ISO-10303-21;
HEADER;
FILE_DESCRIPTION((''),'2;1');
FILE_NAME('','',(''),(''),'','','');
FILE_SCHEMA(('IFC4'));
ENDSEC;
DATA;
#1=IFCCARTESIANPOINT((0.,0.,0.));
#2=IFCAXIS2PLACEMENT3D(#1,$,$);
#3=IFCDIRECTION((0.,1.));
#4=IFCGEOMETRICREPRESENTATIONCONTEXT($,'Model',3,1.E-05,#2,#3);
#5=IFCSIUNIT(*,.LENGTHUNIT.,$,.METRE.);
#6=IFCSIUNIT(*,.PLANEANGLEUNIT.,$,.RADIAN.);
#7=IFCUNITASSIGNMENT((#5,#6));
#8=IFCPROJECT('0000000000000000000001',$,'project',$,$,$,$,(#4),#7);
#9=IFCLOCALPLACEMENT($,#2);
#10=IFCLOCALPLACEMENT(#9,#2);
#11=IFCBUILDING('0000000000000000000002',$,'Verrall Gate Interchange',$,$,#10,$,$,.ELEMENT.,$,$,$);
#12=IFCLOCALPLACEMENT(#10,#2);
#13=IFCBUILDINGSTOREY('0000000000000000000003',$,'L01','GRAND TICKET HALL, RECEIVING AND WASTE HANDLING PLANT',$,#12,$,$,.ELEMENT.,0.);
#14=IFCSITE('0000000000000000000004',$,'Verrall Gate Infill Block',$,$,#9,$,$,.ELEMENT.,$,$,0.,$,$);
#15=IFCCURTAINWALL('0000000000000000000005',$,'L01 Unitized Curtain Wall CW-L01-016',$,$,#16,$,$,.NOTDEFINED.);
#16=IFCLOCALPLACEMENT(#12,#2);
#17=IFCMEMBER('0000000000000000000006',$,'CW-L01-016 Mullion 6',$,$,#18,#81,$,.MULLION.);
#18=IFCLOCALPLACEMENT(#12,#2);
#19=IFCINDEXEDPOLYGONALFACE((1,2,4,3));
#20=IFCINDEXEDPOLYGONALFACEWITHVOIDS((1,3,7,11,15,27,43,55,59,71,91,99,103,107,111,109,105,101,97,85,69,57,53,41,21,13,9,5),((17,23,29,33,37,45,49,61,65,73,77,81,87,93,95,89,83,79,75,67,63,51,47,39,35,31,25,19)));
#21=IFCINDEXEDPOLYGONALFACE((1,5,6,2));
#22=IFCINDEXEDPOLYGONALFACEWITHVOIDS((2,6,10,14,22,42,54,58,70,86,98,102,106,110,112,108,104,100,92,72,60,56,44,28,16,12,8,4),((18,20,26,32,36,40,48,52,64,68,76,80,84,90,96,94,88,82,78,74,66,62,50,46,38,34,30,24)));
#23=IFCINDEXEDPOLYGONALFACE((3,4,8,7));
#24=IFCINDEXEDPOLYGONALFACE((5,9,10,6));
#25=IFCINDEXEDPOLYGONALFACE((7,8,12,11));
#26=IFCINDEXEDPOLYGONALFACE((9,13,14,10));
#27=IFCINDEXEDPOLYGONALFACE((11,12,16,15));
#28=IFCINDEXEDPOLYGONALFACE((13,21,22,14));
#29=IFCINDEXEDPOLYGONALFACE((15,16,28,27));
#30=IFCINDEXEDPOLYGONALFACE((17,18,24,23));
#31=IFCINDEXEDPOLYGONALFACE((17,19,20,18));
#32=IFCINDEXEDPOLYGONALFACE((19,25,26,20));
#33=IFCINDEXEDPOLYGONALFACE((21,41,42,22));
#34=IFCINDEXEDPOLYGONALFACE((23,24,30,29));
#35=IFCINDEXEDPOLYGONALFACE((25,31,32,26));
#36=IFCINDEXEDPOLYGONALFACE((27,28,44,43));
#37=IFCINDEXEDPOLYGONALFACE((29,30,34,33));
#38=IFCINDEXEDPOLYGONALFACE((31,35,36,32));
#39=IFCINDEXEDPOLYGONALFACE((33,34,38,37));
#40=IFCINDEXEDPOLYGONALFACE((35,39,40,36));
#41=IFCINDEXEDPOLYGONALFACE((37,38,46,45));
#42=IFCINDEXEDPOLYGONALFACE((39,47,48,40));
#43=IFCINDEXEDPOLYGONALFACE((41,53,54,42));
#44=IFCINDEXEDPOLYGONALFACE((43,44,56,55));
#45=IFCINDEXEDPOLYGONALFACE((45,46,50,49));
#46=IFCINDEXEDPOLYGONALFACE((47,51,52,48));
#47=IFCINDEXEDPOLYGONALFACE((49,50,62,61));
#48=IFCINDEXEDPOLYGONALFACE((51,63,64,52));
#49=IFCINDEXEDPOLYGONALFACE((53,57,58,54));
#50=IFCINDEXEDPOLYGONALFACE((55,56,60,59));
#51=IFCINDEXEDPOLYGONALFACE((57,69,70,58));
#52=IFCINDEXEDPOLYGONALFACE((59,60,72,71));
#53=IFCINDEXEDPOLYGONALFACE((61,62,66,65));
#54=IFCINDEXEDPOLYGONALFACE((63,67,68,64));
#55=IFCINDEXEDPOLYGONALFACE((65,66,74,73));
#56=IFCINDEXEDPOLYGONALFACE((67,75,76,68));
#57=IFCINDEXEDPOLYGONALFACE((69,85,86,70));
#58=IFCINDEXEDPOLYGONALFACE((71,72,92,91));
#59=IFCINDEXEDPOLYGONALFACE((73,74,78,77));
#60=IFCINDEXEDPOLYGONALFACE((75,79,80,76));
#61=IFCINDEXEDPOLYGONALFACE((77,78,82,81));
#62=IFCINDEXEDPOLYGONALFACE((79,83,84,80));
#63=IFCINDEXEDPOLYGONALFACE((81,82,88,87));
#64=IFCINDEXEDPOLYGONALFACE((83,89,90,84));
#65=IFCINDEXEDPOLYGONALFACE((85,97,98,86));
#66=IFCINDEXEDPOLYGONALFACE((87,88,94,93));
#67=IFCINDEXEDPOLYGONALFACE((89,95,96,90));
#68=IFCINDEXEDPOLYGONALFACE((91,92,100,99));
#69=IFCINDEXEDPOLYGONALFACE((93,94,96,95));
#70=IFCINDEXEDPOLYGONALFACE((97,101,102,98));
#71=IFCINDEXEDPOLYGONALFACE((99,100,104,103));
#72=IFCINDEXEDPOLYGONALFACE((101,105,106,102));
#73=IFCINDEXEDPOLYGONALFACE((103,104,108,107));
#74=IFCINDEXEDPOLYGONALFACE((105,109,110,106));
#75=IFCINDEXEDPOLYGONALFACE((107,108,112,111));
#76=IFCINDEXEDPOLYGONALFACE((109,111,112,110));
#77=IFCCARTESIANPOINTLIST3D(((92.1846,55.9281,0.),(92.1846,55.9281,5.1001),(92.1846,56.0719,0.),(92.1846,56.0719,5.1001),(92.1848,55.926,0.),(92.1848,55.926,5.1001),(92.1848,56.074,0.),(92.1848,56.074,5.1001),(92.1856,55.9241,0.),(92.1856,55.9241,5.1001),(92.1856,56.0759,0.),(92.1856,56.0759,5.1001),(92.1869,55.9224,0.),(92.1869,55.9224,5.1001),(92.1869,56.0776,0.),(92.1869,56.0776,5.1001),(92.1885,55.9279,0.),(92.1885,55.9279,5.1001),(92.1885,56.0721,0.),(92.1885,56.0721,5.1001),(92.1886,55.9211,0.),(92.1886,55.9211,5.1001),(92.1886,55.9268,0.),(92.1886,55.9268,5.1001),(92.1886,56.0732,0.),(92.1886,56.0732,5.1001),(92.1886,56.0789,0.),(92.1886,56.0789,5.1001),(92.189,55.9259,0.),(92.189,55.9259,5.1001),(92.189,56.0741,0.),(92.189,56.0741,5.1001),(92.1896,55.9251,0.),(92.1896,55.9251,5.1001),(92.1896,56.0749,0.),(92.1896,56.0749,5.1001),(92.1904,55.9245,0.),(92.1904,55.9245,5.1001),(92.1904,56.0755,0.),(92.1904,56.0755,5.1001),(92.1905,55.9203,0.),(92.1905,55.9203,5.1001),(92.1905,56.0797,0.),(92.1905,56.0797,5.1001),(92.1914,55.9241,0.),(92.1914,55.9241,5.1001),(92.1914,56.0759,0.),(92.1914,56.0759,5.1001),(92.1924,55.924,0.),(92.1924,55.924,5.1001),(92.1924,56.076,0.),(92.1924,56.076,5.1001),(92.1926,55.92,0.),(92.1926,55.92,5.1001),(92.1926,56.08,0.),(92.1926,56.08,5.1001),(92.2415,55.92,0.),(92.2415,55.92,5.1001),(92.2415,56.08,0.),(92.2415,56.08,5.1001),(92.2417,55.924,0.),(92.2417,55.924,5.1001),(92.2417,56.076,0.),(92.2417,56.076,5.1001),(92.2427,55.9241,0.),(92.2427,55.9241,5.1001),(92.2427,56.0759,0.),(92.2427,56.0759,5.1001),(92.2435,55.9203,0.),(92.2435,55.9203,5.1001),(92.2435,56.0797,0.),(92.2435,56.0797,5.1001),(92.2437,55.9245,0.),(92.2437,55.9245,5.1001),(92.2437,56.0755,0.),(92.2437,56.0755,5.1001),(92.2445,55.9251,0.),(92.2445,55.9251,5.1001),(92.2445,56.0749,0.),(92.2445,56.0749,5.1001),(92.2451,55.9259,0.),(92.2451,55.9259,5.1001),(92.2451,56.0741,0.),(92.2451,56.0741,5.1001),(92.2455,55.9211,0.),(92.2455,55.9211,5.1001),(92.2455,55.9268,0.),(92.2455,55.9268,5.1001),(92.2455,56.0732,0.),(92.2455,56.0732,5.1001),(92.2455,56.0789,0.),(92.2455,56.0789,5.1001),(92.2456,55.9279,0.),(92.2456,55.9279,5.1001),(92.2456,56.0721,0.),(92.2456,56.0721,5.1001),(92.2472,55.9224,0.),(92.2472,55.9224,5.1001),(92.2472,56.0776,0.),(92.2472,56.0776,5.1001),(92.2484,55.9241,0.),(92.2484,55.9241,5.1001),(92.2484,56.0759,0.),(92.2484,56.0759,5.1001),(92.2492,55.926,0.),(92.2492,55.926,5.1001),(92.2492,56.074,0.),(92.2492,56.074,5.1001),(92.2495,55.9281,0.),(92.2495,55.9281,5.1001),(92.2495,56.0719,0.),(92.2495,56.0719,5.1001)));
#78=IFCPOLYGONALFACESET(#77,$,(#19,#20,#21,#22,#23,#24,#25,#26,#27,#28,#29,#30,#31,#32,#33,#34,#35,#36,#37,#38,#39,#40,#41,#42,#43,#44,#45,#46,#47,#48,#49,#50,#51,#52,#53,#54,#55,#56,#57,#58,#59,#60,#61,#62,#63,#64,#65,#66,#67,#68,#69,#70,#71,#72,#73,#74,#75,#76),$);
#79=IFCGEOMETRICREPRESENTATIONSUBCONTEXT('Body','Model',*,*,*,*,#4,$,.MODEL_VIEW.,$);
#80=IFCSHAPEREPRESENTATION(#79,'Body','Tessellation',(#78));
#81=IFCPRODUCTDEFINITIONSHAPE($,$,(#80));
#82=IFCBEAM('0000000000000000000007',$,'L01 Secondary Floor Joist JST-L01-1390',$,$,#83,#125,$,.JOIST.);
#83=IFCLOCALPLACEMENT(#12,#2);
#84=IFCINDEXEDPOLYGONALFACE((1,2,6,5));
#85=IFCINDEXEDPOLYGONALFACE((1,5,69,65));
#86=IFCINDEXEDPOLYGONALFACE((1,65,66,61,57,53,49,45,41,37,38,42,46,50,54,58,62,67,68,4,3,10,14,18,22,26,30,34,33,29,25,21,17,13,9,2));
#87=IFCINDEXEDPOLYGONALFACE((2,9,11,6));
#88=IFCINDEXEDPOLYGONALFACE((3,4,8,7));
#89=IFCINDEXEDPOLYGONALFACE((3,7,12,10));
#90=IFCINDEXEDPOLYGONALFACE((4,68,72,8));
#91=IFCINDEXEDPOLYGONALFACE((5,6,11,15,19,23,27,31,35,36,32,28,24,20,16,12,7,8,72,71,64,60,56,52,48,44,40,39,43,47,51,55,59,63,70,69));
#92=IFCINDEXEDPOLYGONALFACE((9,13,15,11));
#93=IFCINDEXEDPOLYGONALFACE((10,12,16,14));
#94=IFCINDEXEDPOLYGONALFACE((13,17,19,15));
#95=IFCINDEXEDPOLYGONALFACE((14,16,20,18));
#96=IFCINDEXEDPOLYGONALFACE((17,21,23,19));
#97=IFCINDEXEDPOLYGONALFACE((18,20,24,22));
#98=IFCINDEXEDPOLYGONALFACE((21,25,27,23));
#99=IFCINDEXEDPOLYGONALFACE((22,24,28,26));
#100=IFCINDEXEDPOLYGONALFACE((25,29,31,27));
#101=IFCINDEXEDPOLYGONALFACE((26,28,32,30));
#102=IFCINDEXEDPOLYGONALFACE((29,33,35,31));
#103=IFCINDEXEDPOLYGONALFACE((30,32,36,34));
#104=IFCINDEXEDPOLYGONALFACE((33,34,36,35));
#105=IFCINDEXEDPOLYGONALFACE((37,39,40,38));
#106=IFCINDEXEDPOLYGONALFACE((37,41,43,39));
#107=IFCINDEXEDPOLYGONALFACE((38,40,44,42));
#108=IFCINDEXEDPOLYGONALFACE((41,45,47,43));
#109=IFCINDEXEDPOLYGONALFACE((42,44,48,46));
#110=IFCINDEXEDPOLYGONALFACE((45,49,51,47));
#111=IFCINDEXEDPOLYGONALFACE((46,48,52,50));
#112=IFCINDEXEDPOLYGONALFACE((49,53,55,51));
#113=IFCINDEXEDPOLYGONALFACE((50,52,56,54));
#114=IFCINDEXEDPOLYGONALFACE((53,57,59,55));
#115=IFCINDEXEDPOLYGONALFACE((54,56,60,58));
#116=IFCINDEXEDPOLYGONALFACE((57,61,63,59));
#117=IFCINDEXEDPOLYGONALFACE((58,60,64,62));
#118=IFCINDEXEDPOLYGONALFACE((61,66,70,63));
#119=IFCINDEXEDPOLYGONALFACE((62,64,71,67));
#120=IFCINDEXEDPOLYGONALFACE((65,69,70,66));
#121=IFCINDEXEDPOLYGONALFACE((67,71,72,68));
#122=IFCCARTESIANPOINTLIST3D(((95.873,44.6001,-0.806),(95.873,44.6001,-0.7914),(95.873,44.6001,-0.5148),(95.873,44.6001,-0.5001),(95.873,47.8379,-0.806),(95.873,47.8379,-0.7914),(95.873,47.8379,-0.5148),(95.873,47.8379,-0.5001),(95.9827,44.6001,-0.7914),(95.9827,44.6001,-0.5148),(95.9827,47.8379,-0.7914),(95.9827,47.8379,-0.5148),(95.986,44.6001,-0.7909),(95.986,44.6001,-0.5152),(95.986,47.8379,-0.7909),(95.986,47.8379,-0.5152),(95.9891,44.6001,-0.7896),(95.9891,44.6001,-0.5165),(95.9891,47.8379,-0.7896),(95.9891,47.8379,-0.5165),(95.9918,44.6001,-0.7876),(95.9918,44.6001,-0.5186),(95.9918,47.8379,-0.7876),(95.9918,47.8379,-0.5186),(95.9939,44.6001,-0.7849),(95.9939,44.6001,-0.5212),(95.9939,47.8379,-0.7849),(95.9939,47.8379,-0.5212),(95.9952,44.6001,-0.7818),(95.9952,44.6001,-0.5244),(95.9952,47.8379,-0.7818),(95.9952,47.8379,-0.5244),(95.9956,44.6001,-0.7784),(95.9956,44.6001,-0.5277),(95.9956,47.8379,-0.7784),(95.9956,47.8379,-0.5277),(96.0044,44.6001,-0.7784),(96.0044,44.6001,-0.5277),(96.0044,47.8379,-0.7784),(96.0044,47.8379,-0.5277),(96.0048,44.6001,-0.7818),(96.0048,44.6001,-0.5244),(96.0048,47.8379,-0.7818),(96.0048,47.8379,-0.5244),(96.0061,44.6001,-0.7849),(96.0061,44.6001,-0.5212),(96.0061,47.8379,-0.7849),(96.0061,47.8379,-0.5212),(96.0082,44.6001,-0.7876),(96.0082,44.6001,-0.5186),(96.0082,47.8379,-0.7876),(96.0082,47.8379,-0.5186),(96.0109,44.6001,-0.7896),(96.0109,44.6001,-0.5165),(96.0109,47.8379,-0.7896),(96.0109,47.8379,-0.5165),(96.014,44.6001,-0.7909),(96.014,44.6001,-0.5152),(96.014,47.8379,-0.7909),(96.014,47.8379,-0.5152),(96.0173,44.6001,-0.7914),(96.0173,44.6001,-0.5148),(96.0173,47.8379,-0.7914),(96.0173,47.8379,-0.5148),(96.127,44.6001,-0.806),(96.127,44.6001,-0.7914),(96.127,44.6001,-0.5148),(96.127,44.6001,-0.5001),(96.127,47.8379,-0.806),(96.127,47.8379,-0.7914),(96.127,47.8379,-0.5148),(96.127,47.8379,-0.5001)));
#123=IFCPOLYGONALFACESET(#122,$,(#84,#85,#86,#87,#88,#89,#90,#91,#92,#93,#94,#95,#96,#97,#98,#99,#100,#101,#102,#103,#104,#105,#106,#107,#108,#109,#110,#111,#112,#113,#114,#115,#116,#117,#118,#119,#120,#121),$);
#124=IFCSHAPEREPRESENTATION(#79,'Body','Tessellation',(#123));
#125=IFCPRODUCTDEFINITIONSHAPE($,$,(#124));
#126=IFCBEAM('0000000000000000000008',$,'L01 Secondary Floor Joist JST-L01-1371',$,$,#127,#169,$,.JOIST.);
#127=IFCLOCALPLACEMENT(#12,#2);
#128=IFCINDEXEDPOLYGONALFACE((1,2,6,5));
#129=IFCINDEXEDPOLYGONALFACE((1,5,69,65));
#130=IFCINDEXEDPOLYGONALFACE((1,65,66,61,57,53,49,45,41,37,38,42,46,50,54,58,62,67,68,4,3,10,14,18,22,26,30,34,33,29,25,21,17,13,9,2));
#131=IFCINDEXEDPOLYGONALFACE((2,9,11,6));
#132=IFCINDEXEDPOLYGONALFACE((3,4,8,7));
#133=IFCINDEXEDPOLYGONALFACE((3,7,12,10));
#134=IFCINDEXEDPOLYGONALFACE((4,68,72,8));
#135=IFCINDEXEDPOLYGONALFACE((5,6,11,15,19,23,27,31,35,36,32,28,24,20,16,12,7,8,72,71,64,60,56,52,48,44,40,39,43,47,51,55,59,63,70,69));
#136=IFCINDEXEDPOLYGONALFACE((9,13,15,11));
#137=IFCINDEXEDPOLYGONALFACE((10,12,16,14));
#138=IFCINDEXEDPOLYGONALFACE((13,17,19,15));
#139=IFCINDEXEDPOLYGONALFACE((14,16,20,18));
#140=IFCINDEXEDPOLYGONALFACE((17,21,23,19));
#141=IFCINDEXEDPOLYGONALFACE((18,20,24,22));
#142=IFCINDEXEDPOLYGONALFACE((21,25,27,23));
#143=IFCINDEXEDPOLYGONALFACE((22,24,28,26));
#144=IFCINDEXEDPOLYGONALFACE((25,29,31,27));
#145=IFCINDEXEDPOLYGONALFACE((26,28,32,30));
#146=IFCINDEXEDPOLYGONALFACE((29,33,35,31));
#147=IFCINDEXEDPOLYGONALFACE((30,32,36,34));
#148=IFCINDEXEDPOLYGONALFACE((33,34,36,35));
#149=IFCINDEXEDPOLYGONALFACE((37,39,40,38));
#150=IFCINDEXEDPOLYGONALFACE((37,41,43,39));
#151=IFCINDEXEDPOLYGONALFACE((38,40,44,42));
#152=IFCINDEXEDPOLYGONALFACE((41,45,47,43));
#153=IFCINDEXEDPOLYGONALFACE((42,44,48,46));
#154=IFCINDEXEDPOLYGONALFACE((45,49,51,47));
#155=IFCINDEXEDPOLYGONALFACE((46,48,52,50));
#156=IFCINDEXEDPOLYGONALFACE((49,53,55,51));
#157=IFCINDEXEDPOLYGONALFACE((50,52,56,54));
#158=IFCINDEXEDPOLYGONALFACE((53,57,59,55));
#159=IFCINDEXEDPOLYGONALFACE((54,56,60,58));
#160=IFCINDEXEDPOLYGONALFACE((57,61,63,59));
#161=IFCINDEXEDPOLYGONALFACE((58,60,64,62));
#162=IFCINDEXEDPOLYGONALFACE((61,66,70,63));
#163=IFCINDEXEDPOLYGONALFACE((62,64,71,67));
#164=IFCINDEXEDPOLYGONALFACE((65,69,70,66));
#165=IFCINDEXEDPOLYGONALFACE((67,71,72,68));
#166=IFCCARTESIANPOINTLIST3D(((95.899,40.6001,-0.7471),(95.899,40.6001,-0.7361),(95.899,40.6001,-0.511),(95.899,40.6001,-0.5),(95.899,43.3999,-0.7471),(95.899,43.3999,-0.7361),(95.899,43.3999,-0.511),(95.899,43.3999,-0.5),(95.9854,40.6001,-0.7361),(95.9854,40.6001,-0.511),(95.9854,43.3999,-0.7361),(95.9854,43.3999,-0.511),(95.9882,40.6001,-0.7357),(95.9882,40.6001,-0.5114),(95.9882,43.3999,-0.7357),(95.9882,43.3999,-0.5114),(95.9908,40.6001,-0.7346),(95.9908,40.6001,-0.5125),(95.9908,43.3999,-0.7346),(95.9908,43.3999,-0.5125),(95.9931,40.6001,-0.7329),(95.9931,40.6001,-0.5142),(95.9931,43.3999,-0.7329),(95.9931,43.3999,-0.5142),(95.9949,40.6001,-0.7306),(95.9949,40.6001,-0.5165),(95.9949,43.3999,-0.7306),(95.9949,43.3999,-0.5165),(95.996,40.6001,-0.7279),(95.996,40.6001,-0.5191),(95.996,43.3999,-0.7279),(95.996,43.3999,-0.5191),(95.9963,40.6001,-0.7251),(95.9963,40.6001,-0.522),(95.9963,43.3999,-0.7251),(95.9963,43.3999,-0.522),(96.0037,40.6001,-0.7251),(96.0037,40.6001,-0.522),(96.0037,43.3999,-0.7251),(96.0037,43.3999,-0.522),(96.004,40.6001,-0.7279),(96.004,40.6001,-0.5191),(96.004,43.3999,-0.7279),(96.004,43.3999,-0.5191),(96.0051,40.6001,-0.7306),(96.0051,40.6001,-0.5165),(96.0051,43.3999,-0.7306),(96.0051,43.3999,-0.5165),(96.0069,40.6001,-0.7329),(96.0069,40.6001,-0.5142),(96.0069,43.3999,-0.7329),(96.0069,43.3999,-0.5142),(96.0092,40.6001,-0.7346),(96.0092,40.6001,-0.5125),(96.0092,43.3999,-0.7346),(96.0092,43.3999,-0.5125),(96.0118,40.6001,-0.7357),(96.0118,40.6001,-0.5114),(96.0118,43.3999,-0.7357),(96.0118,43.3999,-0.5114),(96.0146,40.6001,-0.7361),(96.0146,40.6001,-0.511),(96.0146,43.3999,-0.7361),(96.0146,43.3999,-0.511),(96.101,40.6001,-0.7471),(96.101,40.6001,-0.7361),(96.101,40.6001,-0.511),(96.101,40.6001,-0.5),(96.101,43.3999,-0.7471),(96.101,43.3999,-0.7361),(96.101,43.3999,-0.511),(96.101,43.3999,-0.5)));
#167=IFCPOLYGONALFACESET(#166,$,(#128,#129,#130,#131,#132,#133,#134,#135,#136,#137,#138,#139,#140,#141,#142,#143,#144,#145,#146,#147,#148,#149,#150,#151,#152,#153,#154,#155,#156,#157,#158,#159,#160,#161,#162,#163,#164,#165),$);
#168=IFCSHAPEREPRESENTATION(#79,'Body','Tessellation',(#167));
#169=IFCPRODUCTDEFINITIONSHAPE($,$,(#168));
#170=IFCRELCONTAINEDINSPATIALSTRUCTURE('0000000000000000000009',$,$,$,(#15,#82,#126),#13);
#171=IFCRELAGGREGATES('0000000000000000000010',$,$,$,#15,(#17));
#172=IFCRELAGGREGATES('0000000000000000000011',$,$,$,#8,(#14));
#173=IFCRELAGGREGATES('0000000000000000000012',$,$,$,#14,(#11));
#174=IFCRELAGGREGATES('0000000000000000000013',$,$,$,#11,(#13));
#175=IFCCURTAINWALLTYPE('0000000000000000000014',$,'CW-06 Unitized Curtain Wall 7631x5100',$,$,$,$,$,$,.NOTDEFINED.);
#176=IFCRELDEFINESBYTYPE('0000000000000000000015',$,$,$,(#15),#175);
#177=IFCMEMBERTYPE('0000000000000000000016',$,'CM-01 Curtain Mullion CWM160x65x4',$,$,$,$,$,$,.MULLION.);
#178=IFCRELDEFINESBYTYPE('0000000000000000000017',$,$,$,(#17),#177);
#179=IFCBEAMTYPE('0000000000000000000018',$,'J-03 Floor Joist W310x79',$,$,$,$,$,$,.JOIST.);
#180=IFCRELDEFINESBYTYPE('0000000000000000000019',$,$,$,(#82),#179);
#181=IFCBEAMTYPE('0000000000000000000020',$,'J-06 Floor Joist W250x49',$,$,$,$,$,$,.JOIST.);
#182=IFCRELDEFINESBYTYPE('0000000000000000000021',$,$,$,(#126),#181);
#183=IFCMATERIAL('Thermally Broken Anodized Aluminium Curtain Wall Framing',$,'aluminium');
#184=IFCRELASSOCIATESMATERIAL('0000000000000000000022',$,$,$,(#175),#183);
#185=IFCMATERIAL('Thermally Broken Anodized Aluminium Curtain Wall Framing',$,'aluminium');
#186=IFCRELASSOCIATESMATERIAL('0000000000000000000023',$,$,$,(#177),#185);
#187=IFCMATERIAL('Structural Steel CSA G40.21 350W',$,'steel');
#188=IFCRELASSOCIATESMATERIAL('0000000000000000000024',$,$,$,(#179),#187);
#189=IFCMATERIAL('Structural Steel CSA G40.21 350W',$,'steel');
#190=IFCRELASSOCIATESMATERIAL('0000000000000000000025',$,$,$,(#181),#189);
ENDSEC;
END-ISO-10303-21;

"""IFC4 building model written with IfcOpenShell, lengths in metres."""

from ifc_helpers import new_model, si_unit, direction, frame, origin, origin_2d, place, context, subcontext, project, spatial, hollow_rectangle, i_section, extrude, material, material_profile, profile_set, type_object, element, aggregate, save


model = new_model("IFC4")

# Units and contexts
model_context = context("Model", 3, precision=1e-05, world=origin(), true_north=direction((0.0, 1.0)))
body_context = subcontext(model_context, "Body", "Model", "MODEL_VIEW")
ifc_project = project(units=[si_unit("LENGTHUNIT", "METRE"), si_unit("PLANEANGLEUNIT", "RADIAN")], contexts=[model_context])

# Site, building, storey
site_placement = place(None, origin())
site = spatial("IfcSite", under=ifc_project, at=site_placement, Name="Verrall Gate Infill Block", CompositionType="ELEMENT", RefElevation=0.0)
building_placement = place(site_placement, origin())
building = spatial("IfcBuilding", under=site, at=building_placement, Name="Verrall Gate Interchange", CompositionType="ELEMENT")
storey_placement = place(building_placement, origin())
storey = spatial("IfcBuildingStorey", under=building, at=storey_placement, Name="L01", Description="GRAND TICKET HALL, RECEIVING AND WASTE HANDLING PLANT", CompositionType="ELEMENT", Elevation=0.0)

# Curtain wall, member
ifc_material_1 = material(Name="Thermally Broken Anodized Aluminium Curtain Wall Framing", Category="aluminium")
curtain_wall_type = type_object("IfcCurtainWallType", Name="CW-06 Unitized Curtain Wall 7631x5100", PredefinedType="NOTDEFINED", material=ifc_material_1)
curtain_wall_placement = place(storey_placement, origin())
curtain_wall = element("IfcCurtainWall", 1, at=curtain_wall_placement, inside=storey, type_object=curtain_wall_type, Name="L01 Unitized Curtain Wall CW-L01-016", PredefinedType="NOTDEFINED")
ifc_material_2 = material(Name="Thermally Broken Anodized Aluminium Curtain Wall Framing", Category="aluminium")
ifc_material_profile_1 = material_profile(ifc_material_2, hollow_rectangle(XDim=0.0649, YDim=0.1599, WallThickness=0.0039, InnerFilletRadius=0.0039, OuterFilletRadius=0.0081, at=origin_2d()), Name="CWM160x65x4")
ifc_profile_set_1 = profile_set([ifc_material_profile_1], Name="Thermally Broken Anodized Aluminium Curtain Wall Framing")
member_type = type_object("IfcMemberType", Name="CM-01 Curtain Mullion CWM160x65x4", PredefinedType="MULLION", material=ifc_profile_set_1)
member_1_placement = place(storey_placement, frame((92.217, 56.0, 0.0), z_axis=(0.0, 0.0, 1.0), x_axis=(-1.0, 0.0, 0.0)))
member_1 = element("IfcMember", 2, at=member_1_placement, type_object=member_type, Name="CW-L01-016 Mullion 6", PredefinedType="MULLION", context=body_context, shape_type="SweptSolid", body=[
    extrude(hollow_rectangle(XDim=0.0649, YDim=0.1599, WallThickness=0.0039, InnerFilletRadius=0.0039, OuterFilletRadius=0.0081, at=origin_2d()), origin(), (0.0, 0.0, 1.0), 5.1001),
])

# Beams
ifc_material_3 = material(Name="Structural Steel CSA G40.21 350W", Category="steel")
ifc_material_profile_2 = material_profile(ifc_material_3, i_section(OverallWidth=0.2539, OverallDepth=0.3059, WebThickness=0.0088, FlangeThickness=0.0146, FilletRadius=0.0129, at=origin_2d()), Name="W310x79")
ifc_profile_set_2 = profile_set([ifc_material_profile_2], Name="Structural Steel CSA G40.21 350W")
beam_type_1 = type_object("IfcBeamType", Name="J-03 Floor Joist W310x79", PredefinedType="JOIST", material=ifc_profile_set_2)
beam_1_placement = place(storey_placement, frame((96.0, 44.6001, -0.6531), z_axis=(0.0, 1.0, 0.0), x_axis=(-1.0, 0.0, 0.0)))
element("IfcBeam", 3, at=beam_1_placement, inside=storey, type_object=beam_type_1, Name="L01 Secondary Floor Joist JST-L01-1390", PredefinedType="JOIST", context=body_context, shape_type="SweptSolid", body=[
    extrude(i_section(OverallWidth=0.2539, OverallDepth=0.3059, WebThickness=0.0088, FlangeThickness=0.0146, FilletRadius=0.0129, at=origin_2d()), origin(), (0.0, 0.0, 1.0), 3.2378),
])
ifc_material_4 = material(Name="Structural Steel CSA G40.21 350W", Category="steel")
ifc_material_profile_3 = material_profile(ifc_material_4, i_section(OverallWidth=0.2019, OverallDepth=0.2471, WebThickness=0.0073, FlangeThickness=0.011, FilletRadius=0.011, at=origin_2d()), Name="W250x49")
ifc_profile_set_3 = profile_set([ifc_material_profile_3], Name="Structural Steel CSA G40.21 350W")
beam_type_2 = type_object("IfcBeamType", Name="J-06 Floor Joist W250x49", PredefinedType="JOIST", material=ifc_profile_set_3)
beam_2_placement = place(storey_placement, frame((96.0, 40.6001, -0.6235), z_axis=(0.0, 1.0, 0.0), x_axis=(-1.0, 0.0, 0.0)))
element("IfcBeam", 4, at=beam_2_placement, inside=storey, type_object=beam_type_2, Name="L01 Secondary Floor Joist JST-L01-1371", PredefinedType="JOIST", context=body_context, shape_type="SweptSolid", body=[
    extrude(i_section(OverallWidth=0.2019, OverallDepth=0.2471, WebThickness=0.0073, FlangeThickness=0.011, FilletRadius=0.011, at=origin_2d()), origin(), (0.0, 0.0, 1.0), 2.7998),
])

aggregate(curtain_wall, [member_1])

save(model, "model.ifc")
